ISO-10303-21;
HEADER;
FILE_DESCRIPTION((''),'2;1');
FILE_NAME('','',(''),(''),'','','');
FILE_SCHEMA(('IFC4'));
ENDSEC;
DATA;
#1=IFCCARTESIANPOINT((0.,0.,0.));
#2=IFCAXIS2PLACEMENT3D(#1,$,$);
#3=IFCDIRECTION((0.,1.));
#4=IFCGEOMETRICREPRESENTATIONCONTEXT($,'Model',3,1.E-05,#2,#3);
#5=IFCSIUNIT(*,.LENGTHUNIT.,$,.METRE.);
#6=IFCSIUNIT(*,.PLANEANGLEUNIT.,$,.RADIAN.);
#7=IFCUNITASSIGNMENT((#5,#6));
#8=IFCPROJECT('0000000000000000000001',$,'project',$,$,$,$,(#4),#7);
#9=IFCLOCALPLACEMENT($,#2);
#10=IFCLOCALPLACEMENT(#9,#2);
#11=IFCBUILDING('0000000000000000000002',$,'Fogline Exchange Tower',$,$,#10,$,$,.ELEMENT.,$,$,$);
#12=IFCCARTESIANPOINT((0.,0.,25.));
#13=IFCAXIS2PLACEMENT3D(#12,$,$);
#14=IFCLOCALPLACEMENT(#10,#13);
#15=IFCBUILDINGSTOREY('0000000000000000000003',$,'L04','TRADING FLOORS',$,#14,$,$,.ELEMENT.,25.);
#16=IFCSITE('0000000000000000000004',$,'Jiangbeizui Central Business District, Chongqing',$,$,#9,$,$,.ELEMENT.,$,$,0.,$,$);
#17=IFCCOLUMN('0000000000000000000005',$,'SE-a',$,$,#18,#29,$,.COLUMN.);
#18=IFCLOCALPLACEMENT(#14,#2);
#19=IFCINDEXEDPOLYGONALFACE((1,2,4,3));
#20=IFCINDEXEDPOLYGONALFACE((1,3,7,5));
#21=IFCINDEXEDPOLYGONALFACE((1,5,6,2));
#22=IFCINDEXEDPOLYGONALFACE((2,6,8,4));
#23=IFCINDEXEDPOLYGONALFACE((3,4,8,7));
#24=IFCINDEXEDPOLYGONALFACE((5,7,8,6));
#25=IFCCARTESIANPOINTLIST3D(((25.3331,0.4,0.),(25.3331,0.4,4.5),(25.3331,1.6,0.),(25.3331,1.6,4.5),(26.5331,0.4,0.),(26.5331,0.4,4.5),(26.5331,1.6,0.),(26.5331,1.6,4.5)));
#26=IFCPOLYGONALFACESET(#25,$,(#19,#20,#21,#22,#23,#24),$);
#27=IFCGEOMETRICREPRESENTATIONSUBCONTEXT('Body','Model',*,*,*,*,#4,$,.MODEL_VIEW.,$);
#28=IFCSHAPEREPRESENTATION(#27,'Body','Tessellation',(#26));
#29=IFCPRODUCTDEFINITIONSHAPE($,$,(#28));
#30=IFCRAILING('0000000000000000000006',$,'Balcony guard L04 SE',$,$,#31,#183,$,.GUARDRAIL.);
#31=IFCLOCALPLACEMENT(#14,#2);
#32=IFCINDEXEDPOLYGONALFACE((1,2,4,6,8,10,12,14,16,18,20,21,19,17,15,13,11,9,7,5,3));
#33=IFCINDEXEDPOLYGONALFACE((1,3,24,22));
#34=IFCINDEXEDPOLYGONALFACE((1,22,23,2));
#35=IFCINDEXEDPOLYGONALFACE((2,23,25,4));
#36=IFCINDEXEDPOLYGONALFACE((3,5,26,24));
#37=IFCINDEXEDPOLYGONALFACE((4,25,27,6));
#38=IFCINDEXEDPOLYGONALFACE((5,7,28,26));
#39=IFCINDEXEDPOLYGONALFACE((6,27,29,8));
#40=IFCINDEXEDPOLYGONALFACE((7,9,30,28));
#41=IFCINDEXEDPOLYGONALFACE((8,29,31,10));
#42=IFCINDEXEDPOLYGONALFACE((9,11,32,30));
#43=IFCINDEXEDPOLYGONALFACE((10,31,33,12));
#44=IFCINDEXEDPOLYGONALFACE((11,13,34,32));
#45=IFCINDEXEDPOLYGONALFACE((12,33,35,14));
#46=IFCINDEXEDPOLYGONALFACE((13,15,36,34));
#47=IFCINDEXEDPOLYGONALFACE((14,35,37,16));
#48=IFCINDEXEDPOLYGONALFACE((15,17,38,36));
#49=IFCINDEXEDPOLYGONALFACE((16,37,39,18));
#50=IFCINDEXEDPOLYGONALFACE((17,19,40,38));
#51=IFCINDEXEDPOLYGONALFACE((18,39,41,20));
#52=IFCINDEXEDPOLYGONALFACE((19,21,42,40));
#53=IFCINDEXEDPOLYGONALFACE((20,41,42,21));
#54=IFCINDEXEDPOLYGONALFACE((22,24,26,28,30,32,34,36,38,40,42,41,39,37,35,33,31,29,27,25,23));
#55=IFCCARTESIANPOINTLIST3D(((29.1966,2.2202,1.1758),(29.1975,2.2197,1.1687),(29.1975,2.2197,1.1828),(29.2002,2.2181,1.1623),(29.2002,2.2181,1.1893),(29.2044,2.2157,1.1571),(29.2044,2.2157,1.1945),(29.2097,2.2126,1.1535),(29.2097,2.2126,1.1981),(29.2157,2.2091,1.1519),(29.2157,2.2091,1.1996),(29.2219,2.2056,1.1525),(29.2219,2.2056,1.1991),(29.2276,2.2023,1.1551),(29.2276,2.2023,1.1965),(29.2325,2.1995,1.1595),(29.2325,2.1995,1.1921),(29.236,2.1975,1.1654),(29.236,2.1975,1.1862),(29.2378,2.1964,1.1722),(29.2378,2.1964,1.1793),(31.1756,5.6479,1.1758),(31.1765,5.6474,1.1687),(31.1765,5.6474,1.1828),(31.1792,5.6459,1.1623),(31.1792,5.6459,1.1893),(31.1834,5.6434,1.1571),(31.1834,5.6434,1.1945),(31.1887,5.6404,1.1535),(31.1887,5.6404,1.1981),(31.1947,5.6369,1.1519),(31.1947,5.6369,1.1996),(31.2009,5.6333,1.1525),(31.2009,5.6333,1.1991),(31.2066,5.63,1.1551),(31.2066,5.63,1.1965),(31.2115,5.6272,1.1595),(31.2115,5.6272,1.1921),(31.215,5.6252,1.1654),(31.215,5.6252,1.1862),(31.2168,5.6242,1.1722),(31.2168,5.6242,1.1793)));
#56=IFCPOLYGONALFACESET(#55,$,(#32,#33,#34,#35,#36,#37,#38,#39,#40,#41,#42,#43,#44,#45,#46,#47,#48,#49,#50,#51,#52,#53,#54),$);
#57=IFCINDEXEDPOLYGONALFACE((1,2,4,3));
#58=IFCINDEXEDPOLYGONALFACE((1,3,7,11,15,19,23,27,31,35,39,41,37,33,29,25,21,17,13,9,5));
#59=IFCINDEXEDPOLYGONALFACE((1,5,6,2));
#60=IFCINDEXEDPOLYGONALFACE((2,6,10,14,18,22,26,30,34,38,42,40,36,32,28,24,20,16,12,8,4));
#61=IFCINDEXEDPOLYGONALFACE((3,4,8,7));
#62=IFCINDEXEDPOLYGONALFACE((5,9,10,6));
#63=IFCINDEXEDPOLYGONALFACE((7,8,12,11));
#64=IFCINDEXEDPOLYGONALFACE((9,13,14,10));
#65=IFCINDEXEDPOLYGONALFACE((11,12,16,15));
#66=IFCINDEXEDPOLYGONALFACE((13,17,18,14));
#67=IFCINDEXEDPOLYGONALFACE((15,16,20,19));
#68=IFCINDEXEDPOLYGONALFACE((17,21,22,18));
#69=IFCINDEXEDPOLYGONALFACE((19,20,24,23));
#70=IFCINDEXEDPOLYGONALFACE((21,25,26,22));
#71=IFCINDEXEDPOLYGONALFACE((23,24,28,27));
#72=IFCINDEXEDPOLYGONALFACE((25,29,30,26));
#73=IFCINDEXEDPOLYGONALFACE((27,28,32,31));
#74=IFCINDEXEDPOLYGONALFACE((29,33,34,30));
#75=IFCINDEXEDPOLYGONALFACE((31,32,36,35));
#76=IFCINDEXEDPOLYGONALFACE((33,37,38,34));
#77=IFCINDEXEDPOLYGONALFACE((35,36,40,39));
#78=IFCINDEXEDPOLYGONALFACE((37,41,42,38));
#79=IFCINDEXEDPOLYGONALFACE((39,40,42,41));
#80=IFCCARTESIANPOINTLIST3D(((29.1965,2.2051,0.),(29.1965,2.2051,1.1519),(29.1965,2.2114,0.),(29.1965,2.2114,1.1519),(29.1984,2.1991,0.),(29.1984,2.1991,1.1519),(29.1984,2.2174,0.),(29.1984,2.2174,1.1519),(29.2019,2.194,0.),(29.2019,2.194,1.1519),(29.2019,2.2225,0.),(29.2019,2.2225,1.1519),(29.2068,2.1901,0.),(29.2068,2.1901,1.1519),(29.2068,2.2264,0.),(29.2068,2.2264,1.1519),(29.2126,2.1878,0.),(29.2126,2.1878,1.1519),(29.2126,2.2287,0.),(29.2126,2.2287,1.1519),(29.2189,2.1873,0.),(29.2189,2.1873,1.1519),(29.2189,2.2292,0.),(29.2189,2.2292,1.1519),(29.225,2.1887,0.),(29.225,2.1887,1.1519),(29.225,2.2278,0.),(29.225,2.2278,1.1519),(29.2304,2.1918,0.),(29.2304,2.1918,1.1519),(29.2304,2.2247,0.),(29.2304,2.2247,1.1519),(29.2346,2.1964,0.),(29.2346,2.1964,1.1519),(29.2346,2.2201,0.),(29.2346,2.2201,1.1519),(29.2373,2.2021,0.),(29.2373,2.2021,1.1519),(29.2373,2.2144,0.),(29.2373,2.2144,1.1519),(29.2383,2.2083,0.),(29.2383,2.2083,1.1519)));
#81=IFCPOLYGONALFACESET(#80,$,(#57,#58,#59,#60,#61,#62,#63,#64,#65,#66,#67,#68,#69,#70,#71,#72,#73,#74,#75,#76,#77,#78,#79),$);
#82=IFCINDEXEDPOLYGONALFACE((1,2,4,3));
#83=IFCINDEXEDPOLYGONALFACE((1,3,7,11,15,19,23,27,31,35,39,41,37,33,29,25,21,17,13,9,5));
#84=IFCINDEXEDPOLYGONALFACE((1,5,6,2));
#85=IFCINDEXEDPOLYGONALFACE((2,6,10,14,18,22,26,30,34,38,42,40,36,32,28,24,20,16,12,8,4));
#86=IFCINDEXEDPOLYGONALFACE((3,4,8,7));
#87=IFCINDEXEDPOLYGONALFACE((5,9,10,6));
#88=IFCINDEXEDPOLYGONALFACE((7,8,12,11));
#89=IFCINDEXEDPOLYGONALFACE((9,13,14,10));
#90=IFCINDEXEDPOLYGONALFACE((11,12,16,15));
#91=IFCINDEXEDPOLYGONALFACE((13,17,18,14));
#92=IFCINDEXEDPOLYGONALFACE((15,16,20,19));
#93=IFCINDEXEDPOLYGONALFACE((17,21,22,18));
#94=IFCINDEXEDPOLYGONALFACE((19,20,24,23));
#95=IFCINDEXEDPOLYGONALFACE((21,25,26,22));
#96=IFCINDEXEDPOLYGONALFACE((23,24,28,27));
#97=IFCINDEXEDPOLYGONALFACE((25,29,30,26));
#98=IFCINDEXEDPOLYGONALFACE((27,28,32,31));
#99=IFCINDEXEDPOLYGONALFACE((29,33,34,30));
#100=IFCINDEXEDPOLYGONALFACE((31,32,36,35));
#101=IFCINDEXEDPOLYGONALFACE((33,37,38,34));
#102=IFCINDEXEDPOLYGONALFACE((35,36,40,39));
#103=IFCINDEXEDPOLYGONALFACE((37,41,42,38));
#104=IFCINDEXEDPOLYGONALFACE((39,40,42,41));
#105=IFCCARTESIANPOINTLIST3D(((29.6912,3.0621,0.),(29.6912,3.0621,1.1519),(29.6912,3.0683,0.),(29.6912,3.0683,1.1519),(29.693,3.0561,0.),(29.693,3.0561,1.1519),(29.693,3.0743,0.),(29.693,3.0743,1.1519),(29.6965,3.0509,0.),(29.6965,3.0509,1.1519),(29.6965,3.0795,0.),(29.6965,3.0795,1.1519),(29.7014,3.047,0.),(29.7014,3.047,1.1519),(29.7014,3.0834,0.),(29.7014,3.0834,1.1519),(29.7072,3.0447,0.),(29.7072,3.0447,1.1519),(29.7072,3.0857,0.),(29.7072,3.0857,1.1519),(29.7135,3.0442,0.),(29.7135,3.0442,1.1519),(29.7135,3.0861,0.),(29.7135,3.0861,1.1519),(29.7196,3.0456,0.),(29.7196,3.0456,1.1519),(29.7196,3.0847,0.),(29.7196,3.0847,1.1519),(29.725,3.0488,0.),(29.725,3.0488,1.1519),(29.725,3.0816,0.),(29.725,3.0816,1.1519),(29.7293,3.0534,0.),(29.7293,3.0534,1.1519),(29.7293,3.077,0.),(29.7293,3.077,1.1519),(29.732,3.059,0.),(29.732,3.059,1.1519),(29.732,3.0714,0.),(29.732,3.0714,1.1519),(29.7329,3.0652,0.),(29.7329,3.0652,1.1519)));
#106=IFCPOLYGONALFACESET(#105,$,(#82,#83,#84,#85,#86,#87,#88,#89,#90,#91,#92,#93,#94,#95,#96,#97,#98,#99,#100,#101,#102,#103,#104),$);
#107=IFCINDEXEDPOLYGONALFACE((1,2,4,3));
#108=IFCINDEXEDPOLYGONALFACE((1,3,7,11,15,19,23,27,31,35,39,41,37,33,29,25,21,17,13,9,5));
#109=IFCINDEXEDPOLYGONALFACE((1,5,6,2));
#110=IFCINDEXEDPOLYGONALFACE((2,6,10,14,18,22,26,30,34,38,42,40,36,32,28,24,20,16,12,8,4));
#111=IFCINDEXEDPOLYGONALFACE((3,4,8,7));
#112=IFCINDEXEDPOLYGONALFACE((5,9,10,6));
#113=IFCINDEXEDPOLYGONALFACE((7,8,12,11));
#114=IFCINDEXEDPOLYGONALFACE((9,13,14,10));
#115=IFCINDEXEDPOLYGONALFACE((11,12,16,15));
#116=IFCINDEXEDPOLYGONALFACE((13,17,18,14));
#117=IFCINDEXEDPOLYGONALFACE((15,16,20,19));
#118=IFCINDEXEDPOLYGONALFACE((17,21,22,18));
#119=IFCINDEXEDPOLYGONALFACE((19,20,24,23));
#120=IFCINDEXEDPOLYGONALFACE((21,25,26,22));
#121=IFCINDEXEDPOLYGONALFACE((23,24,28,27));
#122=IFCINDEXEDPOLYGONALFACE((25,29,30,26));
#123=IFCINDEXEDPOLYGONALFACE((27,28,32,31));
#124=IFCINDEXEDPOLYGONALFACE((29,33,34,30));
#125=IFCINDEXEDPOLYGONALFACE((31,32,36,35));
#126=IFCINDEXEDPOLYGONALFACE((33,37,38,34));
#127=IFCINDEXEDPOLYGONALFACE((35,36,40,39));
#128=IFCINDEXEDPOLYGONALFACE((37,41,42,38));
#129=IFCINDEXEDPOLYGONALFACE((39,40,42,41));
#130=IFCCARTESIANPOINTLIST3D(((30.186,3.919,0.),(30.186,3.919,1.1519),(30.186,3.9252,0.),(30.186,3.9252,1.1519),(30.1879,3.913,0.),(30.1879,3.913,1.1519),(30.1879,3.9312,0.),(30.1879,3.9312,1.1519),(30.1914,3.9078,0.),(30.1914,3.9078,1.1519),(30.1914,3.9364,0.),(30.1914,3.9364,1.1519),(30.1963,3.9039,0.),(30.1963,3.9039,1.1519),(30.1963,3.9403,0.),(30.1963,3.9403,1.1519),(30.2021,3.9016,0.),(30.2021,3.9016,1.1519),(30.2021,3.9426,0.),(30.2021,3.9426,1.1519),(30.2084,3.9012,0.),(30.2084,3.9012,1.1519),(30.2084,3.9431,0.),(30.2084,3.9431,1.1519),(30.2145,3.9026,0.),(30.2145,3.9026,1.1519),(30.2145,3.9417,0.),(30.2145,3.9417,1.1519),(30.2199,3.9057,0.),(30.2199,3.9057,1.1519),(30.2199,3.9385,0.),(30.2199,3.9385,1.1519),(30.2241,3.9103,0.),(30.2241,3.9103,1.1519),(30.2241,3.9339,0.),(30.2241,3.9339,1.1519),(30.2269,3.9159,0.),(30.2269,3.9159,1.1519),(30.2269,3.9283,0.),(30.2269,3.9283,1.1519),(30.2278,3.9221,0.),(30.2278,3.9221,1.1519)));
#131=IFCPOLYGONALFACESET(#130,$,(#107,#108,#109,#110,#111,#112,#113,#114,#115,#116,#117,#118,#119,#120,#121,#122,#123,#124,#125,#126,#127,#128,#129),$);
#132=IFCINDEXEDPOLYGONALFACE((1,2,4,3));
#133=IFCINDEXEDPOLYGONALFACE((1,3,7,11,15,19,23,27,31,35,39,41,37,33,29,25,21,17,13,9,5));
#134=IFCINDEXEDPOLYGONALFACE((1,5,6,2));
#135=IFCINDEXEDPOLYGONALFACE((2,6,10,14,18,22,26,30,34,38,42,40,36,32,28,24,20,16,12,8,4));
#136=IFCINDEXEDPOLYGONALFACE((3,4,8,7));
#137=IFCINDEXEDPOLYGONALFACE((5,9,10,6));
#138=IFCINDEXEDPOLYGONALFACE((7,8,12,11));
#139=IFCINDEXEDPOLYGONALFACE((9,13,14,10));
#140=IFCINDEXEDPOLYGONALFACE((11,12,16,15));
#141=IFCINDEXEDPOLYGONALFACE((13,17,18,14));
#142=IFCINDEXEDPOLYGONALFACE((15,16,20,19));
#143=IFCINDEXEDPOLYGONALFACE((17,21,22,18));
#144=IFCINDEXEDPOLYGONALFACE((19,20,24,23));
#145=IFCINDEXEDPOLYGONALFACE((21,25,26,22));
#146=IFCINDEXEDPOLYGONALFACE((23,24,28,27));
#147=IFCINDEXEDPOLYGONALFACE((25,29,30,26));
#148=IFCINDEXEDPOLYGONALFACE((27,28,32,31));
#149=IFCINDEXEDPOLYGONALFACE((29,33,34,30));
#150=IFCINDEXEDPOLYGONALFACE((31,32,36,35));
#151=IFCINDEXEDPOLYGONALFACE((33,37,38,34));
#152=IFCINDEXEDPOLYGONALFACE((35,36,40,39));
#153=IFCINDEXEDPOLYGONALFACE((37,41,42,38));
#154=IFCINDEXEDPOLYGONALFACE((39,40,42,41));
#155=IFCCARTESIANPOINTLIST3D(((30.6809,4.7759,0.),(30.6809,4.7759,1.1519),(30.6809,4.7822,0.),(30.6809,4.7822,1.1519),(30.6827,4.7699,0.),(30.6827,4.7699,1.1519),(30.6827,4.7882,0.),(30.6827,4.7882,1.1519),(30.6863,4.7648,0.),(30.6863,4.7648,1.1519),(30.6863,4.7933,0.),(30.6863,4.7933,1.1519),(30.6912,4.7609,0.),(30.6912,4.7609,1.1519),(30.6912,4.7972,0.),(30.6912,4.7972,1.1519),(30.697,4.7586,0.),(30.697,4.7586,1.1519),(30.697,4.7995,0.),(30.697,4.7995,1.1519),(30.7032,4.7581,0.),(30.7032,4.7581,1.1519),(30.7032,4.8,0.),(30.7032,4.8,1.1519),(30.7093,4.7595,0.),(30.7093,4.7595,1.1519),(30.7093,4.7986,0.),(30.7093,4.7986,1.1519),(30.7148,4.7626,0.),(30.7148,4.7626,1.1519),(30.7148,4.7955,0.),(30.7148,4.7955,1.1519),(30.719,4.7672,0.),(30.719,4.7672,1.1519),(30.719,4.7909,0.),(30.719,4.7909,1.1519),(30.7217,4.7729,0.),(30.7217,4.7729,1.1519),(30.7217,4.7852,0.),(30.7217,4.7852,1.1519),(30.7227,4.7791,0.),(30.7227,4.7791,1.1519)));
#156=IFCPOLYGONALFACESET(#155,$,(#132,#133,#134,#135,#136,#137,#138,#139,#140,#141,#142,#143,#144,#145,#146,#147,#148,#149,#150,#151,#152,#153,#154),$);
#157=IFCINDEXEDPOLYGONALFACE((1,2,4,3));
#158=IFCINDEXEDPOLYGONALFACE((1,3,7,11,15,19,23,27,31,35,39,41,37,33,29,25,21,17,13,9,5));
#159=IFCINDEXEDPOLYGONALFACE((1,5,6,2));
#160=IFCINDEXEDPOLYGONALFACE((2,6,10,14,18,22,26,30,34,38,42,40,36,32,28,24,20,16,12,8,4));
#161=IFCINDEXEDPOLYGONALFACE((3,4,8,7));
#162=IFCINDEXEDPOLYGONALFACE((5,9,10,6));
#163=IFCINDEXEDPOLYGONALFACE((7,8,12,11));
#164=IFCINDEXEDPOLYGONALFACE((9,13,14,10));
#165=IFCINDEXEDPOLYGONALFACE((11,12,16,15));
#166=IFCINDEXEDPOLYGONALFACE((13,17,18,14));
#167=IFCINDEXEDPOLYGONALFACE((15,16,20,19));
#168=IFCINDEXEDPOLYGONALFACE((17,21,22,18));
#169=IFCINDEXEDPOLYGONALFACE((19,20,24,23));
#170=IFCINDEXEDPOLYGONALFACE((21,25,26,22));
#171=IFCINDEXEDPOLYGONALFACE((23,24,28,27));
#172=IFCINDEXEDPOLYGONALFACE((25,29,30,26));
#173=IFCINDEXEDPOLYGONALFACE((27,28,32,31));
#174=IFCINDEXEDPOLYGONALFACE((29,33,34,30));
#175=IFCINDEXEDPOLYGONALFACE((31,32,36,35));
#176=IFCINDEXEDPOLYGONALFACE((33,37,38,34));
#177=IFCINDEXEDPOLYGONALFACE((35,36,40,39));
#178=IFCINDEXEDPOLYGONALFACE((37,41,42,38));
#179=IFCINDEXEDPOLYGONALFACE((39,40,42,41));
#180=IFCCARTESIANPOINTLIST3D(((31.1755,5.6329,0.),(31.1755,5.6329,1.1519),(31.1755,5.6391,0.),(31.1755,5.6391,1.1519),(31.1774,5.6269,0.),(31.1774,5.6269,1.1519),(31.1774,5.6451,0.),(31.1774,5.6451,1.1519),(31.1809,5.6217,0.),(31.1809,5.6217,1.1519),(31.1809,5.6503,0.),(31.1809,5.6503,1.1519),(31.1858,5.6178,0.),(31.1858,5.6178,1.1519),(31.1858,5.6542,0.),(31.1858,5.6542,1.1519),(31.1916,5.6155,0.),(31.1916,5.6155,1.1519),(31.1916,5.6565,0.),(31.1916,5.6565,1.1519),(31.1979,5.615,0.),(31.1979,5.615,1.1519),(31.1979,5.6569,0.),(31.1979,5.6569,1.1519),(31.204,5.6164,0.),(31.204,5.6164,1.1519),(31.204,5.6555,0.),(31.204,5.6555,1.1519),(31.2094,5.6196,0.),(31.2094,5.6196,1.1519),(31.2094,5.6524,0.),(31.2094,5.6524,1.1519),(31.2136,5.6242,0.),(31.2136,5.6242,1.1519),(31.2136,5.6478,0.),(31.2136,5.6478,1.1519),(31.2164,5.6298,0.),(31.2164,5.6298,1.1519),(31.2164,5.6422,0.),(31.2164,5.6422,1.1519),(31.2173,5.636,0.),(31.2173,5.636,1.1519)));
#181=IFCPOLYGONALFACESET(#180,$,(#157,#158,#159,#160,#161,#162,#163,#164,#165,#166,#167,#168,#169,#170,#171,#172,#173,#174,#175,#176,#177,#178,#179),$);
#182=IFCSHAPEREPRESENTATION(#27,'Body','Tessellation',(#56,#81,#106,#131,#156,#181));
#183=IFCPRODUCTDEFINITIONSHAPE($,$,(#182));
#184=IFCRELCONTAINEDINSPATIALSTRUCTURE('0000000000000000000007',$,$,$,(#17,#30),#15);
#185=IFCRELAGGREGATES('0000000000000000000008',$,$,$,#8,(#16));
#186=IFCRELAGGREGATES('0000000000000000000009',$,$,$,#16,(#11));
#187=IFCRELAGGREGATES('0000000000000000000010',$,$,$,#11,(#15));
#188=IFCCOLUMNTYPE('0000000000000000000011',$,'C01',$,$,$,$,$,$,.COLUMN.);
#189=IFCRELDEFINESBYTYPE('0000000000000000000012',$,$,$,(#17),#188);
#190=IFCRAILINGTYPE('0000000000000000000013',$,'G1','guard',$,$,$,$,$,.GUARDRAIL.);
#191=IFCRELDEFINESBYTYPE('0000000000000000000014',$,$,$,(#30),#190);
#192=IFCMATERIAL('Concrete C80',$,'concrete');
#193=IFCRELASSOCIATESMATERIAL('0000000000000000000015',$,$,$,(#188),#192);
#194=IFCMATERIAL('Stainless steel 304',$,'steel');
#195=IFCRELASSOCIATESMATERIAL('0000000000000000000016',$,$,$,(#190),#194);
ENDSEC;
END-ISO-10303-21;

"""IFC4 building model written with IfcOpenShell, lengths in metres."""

from ifc_helpers import new_model, si_unit, direction, frame, origin, origin_2d, place, context, subcontext, project, spatial, rectangle, circle, extrude, material, material_profile, profile_set, type_object, element, save


model = new_model("IFC4")

# Units and contexts
model_context = context("Model", 3, precision=1e-05, world=origin(), true_north=direction((0.0, 1.0)))
body_context = subcontext(model_context, "Body", "Model", "MODEL_VIEW")
ifc_project = project(units=[si_unit("LENGTHUNIT", "METRE"), si_unit("PLANEANGLEUNIT", "RADIAN")], contexts=[model_context])

# Site, building, storey
site_placement = place(None, origin())
site = spatial("IfcSite", under=ifc_project, at=site_placement, Name="Jiangbeizui Central Business District, Chongqing", CompositionType="ELEMENT", RefElevation=0.0)
building_placement = place(site_placement, origin())
building = spatial("IfcBuilding", under=site, at=building_placement, Name="Fogline Exchange Tower", CompositionType="ELEMENT")
storey_placement = place(building_placement, frame((0.0, 0.0, 25.0)))
storey = spatial("IfcBuildingStorey", under=building, at=storey_placement, Name="L04", Description="TRADING FLOORS", CompositionType="ELEMENT", Elevation=25.0)

# Column
ifc_material_1 = material(Name="Concrete C80", Category="concrete")
ifc_material_profile = material_profile(ifc_material_1, rectangle(XDim=1.2, YDim=1.2, at=origin_2d()), Name="RC 1200x1200")
ifc_profile_set = profile_set([ifc_material_profile], Name="Concrete C80")
column_type = type_object("IfcColumnType", Name="C01", PredefinedType="COLUMN", material=ifc_profile_set)
column_placement = place(storey_placement, frame((25.9331, 1.0, 0.0), z_axis=(0.0, 0.0, 1.0), x_axis=(1.0, 0.0, 0.0)))
element("IfcColumn", 1, at=column_placement, inside=storey, type_object=column_type, Name="SE-a", PredefinedType="COLUMN", context=body_context, shape_type="SweptSolid", body=[
    extrude(rectangle(XDim=1.2, YDim=1.2, at=origin_2d()), origin(), (0.0, 0.0, 1.0), 4.5),
])

# Railing
ifc_material_2 = material(Name="Stainless steel 304", Category="steel")
railing_type = type_object("IfcRailingType", Name="G1", Description="guard", PredefinedType="GUARDRAIL", material=ifc_material_2)
railing_placement = place(storey_placement, frame((29.2173, 2.2083, 0.0)))
element("IfcRailing", 2, at=railing_placement, inside=storey, type_object=railing_type, Name="Balcony guard L04 SE", PredefinedType="GUARDRAIL", context=body_context, shape_type="SweptSolid", body=[
    extrude(circle(Radius=0.0239, at=origin_2d()), frame((0.0, 0.0, 1.1758), z_axis=(0.5, 0.866025, 0.0), x_axis=(-0.866025, 0.5, 0.0)), (0.0, 0.0, 1.0), 3.958),
    extrude(circle(Radius=0.021, at=origin_2d()), origin(), (0.0, 0.0, 1.0), 1.1519),
    extrude(circle(Radius=0.021, at=origin_2d()), frame((0.4946, 0.8569, 0.0)), (0.0, 0.0, 1.0), 1.1519),
    extrude(circle(Radius=0.021, at=origin_2d()), frame((0.9895, 1.7139, 0.0)), (0.0, 0.0, 1.0), 1.1519),
    extrude(circle(Radius=0.021, at=origin_2d()), frame((1.4844, 2.5708, 0.0)), (0.0, 0.0, 1.0), 1.1519),
    extrude(circle(Radius=0.021, at=origin_2d()), frame((1.979, 3.4277, 0.0)), (0.0, 0.0, 1.0), 1.1519),
])

save(model, "model.ifc")
